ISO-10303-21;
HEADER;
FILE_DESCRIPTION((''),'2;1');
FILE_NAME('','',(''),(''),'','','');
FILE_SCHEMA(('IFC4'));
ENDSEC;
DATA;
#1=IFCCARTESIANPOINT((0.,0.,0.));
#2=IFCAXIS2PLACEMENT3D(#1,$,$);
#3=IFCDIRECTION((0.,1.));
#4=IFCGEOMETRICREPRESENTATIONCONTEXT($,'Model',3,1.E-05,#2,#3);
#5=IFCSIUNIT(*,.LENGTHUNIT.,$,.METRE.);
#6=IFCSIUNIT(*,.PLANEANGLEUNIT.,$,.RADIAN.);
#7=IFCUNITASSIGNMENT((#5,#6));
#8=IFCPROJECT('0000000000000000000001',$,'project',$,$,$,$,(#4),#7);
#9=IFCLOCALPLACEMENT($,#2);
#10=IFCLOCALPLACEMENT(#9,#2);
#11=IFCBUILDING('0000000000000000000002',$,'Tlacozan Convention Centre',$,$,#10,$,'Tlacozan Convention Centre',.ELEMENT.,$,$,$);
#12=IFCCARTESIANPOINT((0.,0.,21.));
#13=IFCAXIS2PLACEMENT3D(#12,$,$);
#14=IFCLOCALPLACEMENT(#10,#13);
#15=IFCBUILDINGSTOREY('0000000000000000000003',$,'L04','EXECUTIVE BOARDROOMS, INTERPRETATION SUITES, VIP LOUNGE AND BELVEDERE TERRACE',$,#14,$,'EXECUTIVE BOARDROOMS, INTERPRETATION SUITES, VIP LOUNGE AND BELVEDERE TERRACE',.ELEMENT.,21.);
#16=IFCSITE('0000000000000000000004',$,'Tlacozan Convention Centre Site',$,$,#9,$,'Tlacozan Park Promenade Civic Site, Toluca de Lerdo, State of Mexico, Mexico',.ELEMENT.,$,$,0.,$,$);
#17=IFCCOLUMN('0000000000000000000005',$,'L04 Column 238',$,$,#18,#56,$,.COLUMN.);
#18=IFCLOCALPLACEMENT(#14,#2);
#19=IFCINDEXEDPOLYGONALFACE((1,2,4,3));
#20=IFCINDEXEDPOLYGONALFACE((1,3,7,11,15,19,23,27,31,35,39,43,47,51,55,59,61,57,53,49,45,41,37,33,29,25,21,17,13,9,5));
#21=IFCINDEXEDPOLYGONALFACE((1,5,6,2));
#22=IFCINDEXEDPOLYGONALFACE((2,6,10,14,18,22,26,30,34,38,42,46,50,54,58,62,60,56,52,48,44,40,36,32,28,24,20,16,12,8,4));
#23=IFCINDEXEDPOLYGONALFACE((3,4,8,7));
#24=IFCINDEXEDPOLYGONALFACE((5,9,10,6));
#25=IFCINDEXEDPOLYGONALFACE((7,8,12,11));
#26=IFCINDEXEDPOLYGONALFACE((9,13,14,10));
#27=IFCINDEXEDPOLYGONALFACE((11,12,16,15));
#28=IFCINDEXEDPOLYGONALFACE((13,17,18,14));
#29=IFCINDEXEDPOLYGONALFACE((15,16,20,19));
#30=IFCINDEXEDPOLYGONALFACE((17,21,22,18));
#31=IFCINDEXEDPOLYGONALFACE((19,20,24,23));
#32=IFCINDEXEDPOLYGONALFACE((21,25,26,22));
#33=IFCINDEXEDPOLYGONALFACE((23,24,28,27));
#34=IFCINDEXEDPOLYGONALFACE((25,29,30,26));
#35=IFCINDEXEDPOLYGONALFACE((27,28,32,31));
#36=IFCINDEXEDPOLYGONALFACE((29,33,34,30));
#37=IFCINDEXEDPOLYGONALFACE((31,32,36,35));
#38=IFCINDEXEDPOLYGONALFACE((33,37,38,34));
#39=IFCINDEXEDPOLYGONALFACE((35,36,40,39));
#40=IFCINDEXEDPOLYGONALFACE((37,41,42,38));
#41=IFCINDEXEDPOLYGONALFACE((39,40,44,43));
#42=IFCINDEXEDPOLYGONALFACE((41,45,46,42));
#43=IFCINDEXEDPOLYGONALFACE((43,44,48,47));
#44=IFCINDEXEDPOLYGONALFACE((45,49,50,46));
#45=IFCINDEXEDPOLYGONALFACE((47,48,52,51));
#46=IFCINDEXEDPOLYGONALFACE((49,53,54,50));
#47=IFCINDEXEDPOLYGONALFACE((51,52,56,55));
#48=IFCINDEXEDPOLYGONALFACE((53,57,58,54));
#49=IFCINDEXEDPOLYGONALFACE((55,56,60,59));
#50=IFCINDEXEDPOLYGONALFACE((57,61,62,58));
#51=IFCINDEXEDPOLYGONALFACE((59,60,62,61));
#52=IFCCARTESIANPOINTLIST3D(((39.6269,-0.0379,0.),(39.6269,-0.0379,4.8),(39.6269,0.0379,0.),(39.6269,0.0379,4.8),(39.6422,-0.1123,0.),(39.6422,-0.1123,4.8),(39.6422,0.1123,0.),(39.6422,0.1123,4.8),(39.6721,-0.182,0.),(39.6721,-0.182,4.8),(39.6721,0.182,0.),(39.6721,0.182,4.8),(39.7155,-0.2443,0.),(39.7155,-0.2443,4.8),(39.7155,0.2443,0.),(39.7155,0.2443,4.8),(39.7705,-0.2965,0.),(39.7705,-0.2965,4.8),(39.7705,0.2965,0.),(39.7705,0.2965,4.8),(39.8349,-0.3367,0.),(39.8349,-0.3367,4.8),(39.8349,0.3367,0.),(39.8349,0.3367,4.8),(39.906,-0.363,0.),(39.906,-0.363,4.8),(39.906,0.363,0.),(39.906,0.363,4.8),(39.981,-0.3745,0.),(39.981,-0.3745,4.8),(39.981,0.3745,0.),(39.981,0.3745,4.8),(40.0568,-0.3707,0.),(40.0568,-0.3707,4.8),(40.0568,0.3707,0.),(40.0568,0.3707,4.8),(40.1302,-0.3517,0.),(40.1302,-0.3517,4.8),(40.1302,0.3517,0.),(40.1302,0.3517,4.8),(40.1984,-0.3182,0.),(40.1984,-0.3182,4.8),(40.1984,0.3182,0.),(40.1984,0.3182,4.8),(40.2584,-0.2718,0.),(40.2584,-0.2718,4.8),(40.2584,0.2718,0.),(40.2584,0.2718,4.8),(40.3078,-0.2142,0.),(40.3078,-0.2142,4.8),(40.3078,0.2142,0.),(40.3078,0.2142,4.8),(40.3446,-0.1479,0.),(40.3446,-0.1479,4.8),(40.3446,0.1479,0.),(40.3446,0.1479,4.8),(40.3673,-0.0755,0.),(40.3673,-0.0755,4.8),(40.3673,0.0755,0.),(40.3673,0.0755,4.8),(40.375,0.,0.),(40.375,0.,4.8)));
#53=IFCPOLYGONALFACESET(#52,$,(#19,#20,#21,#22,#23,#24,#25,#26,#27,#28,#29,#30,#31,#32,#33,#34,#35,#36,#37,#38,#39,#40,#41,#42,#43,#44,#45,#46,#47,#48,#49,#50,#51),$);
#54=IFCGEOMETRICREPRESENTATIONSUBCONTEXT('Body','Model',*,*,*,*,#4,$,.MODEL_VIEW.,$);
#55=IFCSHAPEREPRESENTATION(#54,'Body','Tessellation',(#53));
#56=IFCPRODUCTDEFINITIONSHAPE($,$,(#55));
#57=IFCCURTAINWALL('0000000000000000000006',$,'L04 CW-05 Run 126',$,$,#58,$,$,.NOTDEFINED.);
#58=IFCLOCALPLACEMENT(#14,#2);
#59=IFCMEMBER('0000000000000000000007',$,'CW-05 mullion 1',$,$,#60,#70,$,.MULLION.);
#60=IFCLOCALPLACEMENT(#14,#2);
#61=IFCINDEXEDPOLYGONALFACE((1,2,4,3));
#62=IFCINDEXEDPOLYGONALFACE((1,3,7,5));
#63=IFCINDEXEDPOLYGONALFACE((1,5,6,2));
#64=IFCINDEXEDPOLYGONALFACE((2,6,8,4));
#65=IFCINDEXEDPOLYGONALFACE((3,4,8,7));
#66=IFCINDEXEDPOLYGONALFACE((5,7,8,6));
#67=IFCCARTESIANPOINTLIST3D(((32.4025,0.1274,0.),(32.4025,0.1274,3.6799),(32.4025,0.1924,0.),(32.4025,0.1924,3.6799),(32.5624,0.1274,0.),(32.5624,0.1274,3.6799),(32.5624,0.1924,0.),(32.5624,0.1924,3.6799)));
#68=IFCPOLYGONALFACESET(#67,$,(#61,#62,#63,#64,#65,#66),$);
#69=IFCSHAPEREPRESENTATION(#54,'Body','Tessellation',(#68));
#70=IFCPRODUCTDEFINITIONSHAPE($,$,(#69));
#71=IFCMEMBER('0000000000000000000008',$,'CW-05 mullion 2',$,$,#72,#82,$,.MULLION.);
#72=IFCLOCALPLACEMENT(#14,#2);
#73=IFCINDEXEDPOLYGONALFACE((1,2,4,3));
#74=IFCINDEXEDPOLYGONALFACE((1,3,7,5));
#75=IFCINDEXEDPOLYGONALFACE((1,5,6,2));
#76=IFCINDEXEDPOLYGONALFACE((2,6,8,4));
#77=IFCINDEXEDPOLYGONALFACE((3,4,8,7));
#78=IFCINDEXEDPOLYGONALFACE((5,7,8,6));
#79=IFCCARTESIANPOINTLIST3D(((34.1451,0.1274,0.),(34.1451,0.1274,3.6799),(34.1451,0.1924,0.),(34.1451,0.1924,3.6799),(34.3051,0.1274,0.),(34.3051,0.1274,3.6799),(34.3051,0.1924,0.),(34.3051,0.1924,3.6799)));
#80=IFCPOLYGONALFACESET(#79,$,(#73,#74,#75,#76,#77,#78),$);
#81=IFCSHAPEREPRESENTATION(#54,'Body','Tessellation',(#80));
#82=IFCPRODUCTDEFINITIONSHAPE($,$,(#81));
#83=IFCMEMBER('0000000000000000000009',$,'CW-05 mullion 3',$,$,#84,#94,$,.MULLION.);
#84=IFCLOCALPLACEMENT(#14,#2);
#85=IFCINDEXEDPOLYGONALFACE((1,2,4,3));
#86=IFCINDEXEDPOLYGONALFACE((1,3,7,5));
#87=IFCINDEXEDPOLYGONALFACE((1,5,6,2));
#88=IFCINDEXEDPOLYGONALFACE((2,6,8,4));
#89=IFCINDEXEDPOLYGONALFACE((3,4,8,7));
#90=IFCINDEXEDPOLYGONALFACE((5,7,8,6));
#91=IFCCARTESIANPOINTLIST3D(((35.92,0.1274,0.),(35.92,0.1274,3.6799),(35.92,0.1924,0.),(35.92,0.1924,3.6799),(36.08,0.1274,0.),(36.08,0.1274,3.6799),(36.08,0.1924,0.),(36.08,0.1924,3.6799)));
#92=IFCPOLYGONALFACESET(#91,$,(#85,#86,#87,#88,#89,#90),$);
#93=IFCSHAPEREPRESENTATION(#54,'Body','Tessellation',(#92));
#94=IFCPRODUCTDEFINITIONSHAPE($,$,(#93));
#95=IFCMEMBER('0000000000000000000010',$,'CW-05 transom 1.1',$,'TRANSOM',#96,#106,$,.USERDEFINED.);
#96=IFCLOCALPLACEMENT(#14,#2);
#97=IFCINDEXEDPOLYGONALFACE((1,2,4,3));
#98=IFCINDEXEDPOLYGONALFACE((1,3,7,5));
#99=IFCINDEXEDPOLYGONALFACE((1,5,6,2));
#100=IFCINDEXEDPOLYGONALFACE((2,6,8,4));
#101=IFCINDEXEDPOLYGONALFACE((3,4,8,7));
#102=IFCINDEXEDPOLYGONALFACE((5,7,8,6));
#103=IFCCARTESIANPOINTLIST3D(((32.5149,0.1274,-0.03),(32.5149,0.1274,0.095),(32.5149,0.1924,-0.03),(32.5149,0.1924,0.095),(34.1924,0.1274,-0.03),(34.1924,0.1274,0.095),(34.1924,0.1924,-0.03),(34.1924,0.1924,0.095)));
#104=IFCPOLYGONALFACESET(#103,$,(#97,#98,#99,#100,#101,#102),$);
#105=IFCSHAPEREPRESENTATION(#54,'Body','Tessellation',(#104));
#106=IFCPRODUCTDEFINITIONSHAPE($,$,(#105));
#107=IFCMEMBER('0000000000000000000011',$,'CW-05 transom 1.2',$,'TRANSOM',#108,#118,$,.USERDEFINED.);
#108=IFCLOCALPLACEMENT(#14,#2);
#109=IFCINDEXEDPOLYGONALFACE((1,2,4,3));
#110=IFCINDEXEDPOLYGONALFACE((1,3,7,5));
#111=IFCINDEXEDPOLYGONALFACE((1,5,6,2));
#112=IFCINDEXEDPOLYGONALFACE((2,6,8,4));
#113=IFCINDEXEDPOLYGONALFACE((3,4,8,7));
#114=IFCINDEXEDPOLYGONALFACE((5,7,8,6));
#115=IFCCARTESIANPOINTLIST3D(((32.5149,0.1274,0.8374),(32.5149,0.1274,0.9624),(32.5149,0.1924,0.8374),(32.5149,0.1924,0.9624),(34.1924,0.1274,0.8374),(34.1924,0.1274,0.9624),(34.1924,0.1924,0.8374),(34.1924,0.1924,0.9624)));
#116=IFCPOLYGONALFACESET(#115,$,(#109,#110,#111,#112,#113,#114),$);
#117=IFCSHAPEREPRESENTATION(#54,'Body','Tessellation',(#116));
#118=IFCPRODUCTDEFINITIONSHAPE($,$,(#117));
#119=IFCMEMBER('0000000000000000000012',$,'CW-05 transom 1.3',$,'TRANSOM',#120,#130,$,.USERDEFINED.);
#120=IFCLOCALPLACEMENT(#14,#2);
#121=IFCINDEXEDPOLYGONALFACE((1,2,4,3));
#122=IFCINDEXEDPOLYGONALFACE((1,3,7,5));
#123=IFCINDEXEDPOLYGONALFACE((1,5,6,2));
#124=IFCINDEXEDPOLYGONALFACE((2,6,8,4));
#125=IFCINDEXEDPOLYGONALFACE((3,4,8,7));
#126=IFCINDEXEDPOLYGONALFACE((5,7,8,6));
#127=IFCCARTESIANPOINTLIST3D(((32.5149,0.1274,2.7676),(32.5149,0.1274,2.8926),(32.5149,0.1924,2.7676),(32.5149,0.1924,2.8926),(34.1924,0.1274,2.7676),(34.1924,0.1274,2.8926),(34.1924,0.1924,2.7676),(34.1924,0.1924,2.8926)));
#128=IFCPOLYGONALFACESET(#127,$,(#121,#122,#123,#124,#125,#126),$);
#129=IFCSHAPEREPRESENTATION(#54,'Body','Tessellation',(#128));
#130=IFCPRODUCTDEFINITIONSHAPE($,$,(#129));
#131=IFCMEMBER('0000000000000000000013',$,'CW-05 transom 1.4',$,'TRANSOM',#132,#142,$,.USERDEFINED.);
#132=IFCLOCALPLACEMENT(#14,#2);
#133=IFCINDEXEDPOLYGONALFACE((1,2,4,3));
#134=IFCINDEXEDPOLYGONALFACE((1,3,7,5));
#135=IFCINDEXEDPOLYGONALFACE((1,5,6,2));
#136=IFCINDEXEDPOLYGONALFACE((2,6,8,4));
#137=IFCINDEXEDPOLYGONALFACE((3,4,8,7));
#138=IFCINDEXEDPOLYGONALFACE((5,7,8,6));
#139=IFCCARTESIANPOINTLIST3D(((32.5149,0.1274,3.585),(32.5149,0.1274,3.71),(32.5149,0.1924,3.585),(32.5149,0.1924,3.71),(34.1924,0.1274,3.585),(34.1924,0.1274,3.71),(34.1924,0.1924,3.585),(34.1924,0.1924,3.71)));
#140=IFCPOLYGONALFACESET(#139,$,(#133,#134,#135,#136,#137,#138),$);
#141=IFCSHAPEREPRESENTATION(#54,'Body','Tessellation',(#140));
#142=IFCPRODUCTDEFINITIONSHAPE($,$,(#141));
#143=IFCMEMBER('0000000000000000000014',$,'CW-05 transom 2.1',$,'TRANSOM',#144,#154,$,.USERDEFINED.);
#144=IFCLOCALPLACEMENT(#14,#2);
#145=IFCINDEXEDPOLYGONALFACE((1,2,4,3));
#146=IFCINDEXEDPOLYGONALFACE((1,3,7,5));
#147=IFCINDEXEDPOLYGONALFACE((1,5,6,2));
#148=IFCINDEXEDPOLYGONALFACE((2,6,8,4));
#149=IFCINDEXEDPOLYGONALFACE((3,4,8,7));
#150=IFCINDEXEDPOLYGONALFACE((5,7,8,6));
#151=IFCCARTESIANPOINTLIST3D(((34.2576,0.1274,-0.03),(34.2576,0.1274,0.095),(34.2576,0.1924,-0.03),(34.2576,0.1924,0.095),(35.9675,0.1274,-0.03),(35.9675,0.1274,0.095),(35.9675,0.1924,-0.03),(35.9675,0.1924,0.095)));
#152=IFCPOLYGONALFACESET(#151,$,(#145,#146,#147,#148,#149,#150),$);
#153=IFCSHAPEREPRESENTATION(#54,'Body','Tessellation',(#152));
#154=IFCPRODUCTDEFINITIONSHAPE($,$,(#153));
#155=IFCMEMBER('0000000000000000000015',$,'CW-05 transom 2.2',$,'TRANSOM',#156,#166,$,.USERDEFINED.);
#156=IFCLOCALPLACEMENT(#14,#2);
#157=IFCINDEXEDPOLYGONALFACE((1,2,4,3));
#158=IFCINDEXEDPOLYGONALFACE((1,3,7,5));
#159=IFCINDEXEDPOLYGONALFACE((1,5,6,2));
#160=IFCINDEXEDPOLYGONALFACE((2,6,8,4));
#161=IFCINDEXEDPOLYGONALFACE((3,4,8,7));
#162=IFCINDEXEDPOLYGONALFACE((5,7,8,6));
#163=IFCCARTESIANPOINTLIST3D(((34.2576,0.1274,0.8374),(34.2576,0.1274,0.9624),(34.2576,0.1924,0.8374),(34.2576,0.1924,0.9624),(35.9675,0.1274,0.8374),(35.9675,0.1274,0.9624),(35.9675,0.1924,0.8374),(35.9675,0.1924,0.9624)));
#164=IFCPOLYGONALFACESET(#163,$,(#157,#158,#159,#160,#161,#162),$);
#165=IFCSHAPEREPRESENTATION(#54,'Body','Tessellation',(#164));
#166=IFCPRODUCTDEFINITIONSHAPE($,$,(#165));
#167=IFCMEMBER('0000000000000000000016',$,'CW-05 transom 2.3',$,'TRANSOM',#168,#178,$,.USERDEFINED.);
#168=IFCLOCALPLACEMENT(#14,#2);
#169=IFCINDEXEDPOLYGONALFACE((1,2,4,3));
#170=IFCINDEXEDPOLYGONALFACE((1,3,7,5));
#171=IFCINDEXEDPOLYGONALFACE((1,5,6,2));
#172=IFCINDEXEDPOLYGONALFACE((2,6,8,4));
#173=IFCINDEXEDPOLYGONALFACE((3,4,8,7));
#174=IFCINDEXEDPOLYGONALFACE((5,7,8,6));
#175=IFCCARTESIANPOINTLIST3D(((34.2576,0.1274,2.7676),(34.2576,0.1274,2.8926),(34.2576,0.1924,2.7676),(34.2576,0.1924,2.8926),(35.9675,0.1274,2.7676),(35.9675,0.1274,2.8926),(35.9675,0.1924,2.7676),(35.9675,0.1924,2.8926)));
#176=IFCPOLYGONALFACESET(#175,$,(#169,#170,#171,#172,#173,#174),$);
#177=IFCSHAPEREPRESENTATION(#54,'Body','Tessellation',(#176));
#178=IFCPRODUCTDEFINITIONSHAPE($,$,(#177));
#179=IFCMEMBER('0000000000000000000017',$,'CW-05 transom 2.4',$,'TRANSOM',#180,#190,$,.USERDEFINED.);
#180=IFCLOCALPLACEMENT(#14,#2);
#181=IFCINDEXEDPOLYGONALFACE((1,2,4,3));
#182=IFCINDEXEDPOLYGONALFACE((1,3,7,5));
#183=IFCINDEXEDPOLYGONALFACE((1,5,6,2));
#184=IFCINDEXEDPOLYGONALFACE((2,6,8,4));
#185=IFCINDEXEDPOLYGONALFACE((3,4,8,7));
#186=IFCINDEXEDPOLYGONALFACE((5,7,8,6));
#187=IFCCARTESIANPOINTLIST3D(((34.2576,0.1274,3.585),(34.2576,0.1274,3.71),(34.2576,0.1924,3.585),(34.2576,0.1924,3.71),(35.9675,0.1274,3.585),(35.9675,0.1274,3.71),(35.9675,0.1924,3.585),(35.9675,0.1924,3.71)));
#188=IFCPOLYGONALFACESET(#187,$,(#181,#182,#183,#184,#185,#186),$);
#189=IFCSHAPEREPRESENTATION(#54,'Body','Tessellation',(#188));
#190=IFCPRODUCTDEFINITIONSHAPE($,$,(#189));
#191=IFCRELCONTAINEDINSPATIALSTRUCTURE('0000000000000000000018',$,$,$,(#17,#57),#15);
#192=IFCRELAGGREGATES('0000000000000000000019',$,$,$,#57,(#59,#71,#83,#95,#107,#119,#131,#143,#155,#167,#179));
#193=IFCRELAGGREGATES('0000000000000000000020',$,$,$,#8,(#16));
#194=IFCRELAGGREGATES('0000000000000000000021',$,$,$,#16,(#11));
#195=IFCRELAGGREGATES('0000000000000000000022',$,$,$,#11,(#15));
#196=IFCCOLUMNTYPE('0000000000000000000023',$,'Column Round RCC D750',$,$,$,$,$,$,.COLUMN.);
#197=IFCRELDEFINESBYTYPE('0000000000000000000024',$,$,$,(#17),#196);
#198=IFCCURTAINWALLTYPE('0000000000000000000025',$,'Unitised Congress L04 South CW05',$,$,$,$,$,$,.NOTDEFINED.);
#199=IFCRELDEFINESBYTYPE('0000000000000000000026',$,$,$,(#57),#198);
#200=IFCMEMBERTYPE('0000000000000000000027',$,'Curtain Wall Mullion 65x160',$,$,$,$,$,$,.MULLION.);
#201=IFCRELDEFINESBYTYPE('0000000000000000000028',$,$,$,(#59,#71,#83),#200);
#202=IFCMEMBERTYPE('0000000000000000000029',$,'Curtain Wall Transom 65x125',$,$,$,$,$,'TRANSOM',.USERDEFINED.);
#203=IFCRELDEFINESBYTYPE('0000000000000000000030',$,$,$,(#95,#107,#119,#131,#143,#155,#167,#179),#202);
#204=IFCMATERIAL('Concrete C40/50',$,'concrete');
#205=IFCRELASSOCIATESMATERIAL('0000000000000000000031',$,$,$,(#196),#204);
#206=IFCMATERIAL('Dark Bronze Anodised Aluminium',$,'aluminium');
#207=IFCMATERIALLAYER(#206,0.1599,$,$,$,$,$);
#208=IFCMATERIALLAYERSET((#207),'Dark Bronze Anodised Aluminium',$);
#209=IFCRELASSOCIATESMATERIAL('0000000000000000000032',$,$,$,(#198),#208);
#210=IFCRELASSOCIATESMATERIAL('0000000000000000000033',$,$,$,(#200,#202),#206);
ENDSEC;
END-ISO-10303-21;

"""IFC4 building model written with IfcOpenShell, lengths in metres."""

from ifc_helpers import new_model, si_unit, direction, frame, origin, origin_2d, place, context, subcontext, project, spatial, rectangle, circle, extrude, material, layer, layer_set, material_profile, profile_set, type_object, element, aggregate, save


model = new_model("IFC4")

# Units and contexts
model_context = context("Model", 3, precision=1e-05, world=origin(), true_north=direction((0.0, 1.0)))
body_context = subcontext(model_context, "Body", "Model", "MODEL_VIEW")
ifc_project = project(units=[si_unit("LENGTHUNIT", "METRE"), si_unit("PLANEANGLEUNIT", "RADIAN")], contexts=[model_context])

# Site, building, storey
site_placement = place(None, origin())
site = spatial("IfcSite", under=ifc_project, at=site_placement, Name="Tlacozan Convention Centre Site", LongName="Tlacozan Park Promenade Civic Site, Toluca de Lerdo, State of Mexico, Mexico", CompositionType="ELEMENT", RefElevation=0.0)
building_placement = place(site_placement, origin())
building = spatial("IfcBuilding", under=site, at=building_placement, Name="Tlacozan Convention Centre", LongName="Tlacozan Convention Centre", CompositionType="ELEMENT")
storey_placement = place(building_placement, frame((0.0, 0.0, 21.0)))
storey = spatial("IfcBuildingStorey", under=building, at=storey_placement, Name="L04", Description="EXECUTIVE BOARDROOMS, INTERPRETATION SUITES, VIP LOUNGE AND BELVEDERE TERRACE", LongName="EXECUTIVE BOARDROOMS, INTERPRETATION SUITES, VIP LOUNGE AND BELVEDERE TERRACE", CompositionType="ELEMENT", Elevation=21.0)

# Column
ifc_material_1 = material(Name="Concrete C40/50", Category="concrete")
ifc_material_profile_1 = material_profile(ifc_material_1, circle(Radius=0.375, at=origin_2d()), Name="RCC D750")
ifc_profile_set_1 = profile_set([ifc_material_profile_1], Name="Concrete C40/50")
column_type = type_object("IfcColumnType", Name="Column Round RCC D750", PredefinedType="COLUMN", material=ifc_profile_set_1)
column_placement = place(storey_placement, frame((40.0, 0.0, 0.0), z_axis=(0.0, 0.0, 1.0), x_axis=(1.0, 0.0, 0.0)))
element("IfcColumn", 1, at=column_placement, inside=storey, type_object=column_type, Name="L04 Column 238", PredefinedType="COLUMN", context=body_context, shape_type="SweptSolid", body=[
    extrude(circle(Radius=0.375, at=origin_2d()), origin(), (0.0, 0.0, 1.0), 4.8),
])

# Curtain wall, members
ifc_material_2 = material(Name="Dark Bronze Anodised Aluminium", Category="aluminium")
ifc_layer_1 = layer(ifc_material_2, 0.1599)
ifc_layer_set_1 = layer_set([ifc_layer_1], Name="Dark Bronze Anodised Aluminium")
curtain_wall_type = type_object("IfcCurtainWallType", Name="Unitised Congress L04 South CW05", PredefinedType="NOTDEFINED", material=ifc_layer_set_1)
curtain_wall_placement = place(storey_placement, origin())
curtain_wall = element("IfcCurtainWall", 2, at=curtain_wall_placement, inside=storey, type_object=curtain_wall_type, Name="L04 CW-05 Run 126", PredefinedType="NOTDEFINED")
ifc_material_profile_2 = material_profile(ifc_material_2, rectangle(XDim=0.0649, YDim=0.1599, at=origin_2d()), Name="ALU 65x160")
ifc_profile_set_2 = profile_set([ifc_material_profile_2], Name="Dark Bronze Anodised Aluminium")
member_type_1 = type_object("IfcMemberType", Name="Curtain Wall Mullion 65x160", PredefinedType="MULLION", material=ifc_profile_set_2)
member_1_placement = place(storey_placement, frame((32.4824, 0.1599, 0.0), z_axis=(0.0, 0.0, 1.0), x_axis=(0.0, 1.0, 0.0)))
member_1 = element("IfcMember", 3, at=member_1_placement, type_object=member_type_1, Name="CW-05 mullion 1", PredefinedType="MULLION", context=body_context, shape_type="SweptSolid", body=[
    extrude(rectangle(XDim=0.0649, YDim=0.1599, at=origin_2d()), origin(), (0.0, 0.0, 1.0), 3.6799),
])
member_2_placement = place(storey_placement, frame((34.2251, 0.1599, 0.0), z_axis=(0.0, 0.0, 1.0), x_axis=(0.0, 1.0, 0.0)))
member_2 = element("IfcMember", 4, at=member_2_placement, type_object=member_type_1, Name="CW-05 mullion 2", PredefinedType="MULLION", context=body_context, shape_type="SweptSolid", body=[
    extrude(rectangle(XDim=0.0649, YDim=0.1599, at=origin_2d()), origin(), (0.0, 0.0, 1.0), 3.6799),
])
member_3_placement = place(storey_placement, frame((36.0, 0.1599, 0.0), z_axis=(0.0, 0.0, 1.0), x_axis=(0.0, 1.0, 0.0)))
member_3 = element("IfcMember", 5, at=member_3_placement, type_object=member_type_1, Name="CW-05 mullion 3", PredefinedType="MULLION", context=body_context, shape_type="SweptSolid", body=[
    extrude(rectangle(XDim=0.0649, YDim=0.1599, at=origin_2d()), origin(), (0.0, 0.0, 1.0), 3.6799),
])
ifc_material_profile_3 = material_profile(ifc_material_2, rectangle(XDim=0.0649, YDim=0.125, at=origin_2d()), Name="ALU 65x125")
ifc_profile_set_3 = profile_set([ifc_material_profile_3], Name="Dark Bronze Anodised Aluminium")
member_type_2 = type_object("IfcMemberType", Name="Curtain Wall Transom 65x125", ElementType="TRANSOM", PredefinedType="USERDEFINED", material=ifc_profile_set_3)
member_4_placement = place(storey_placement, frame((32.5149, 0.1599, 0.0325), z_axis=(1.0, 0.0, 0.0), x_axis=(0.0, 1.0, 0.0)))
member_4 = element("IfcMember", 6, at=member_4_placement, type_object=member_type_2, Name="CW-05 transom 1.1", ObjectType="TRANSOM", PredefinedType="USERDEFINED", context=body_context, shape_type="SweptSolid", body=[
    extrude(rectangle(XDim=0.0649, YDim=0.125, at=origin_2d()), origin(), (0.0, 0.0, 1.0), 1.6775),
])
member_5_placement = place(storey_placement, frame((32.5149, 0.1599, 0.8999), z_axis=(1.0, 0.0, 0.0), x_axis=(0.0, 1.0, 0.0)))
member_5 = element("IfcMember", 7, at=member_5_placement, type_object=member_type_2, Name="CW-05 transom 1.2", ObjectType="TRANSOM", PredefinedType="USERDEFINED", context=body_context, shape_type="SweptSolid", body=[
    extrude(rectangle(XDim=0.0649, YDim=0.125, at=origin_2d()), origin(), (0.0, 0.0, 1.0), 1.6775),
])
member_6_placement = place(storey_placement, frame((32.5149, 0.1599, 2.8301), z_axis=(1.0, 0.0, 0.0), x_axis=(0.0, 1.0, 0.0)))
member_6 = element("IfcMember", 8, at=member_6_placement, type_object=member_type_2, Name="CW-05 transom 1.3", ObjectType="TRANSOM", PredefinedType="USERDEFINED", context=body_context, shape_type="SweptSolid", body=[
    extrude(rectangle(XDim=0.0649, YDim=0.125, at=origin_2d()), origin(), (0.0, 0.0, 1.0), 1.6775),
])
member_7_placement = place(storey_placement, frame((32.5149, 0.1599, 3.6475), z_axis=(1.0, 0.0, 0.0), x_axis=(0.0, 1.0, 0.0)))
member_7 = element("IfcMember", 9, at=member_7_placement, type_object=member_type_2, Name="CW-05 transom 1.4", ObjectType="TRANSOM", PredefinedType="USERDEFINED", context=body_context, shape_type="SweptSolid", body=[
    extrude(rectangle(XDim=0.0649, YDim=0.125, at=origin_2d()), origin(), (0.0, 0.0, 1.0), 1.6775),
])
member_8_placement = place(storey_placement, frame((34.2576, 0.1599, 0.0325), z_axis=(1.0, 0.0, 0.0), x_axis=(0.0, 1.0, 0.0)))
member_8 = element("IfcMember", 10, at=member_8_placement, type_object=member_type_2, Name="CW-05 transom 2.1", ObjectType="TRANSOM", PredefinedType="USERDEFINED", context=body_context, shape_type="SweptSolid", body=[
    extrude(rectangle(XDim=0.0649, YDim=0.125, at=origin_2d()), origin(), (0.0, 0.0, 1.0), 1.71),
])
member_9_placement = place(storey_placement, frame((34.2576, 0.1599, 0.8999), z_axis=(1.0, 0.0, 0.0), x_axis=(0.0, 1.0, 0.0)))
member_9 = element("IfcMember", 11, at=member_9_placement, type_object=member_type_2, Name="CW-05 transom 2.2", ObjectType="TRANSOM", PredefinedType="USERDEFINED", context=body_context, shape_type="SweptSolid", body=[
    extrude(rectangle(XDim=0.0649, YDim=0.125, at=origin_2d()), origin(), (0.0, 0.0, 1.0), 1.71),
])
member_10_placement = place(storey_placement, frame((34.2576, 0.1599, 2.8301), z_axis=(1.0, 0.0, 0.0), x_axis=(0.0, 1.0, 0.0)))
member_10 = element("IfcMember", 12, at=member_10_placement, type_object=member_type_2, Name="CW-05 transom 2.3", ObjectType="TRANSOM", PredefinedType="USERDEFINED", context=body_context, shape_type="SweptSolid", body=[
    extrude(rectangle(XDim=0.0649, YDim=0.125, at=origin_2d()), origin(), (0.0, 0.0, 1.0), 1.71),
])
member_11_placement = place(storey_placement, frame((34.2576, 0.1599, 3.6475), z_axis=(1.0, 0.0, 0.0), x_axis=(0.0, 1.0, 0.0)))
member_11 = element("IfcMember", 13, at=member_11_placement, type_object=member_type_2, Name="CW-05 transom 2.4", ObjectType="TRANSOM", PredefinedType="USERDEFINED", context=body_context, shape_type="SweptSolid", body=[
    extrude(rectangle(XDim=0.0649, YDim=0.125, at=origin_2d()), origin(), (0.0, 0.0, 1.0), 1.71),
])

aggregate(curtain_wall, [member_1, member_2, member_3, member_4, member_5, member_6, member_7, member_8, member_9, member_10, member_11])

save(model, "model.ifc")
